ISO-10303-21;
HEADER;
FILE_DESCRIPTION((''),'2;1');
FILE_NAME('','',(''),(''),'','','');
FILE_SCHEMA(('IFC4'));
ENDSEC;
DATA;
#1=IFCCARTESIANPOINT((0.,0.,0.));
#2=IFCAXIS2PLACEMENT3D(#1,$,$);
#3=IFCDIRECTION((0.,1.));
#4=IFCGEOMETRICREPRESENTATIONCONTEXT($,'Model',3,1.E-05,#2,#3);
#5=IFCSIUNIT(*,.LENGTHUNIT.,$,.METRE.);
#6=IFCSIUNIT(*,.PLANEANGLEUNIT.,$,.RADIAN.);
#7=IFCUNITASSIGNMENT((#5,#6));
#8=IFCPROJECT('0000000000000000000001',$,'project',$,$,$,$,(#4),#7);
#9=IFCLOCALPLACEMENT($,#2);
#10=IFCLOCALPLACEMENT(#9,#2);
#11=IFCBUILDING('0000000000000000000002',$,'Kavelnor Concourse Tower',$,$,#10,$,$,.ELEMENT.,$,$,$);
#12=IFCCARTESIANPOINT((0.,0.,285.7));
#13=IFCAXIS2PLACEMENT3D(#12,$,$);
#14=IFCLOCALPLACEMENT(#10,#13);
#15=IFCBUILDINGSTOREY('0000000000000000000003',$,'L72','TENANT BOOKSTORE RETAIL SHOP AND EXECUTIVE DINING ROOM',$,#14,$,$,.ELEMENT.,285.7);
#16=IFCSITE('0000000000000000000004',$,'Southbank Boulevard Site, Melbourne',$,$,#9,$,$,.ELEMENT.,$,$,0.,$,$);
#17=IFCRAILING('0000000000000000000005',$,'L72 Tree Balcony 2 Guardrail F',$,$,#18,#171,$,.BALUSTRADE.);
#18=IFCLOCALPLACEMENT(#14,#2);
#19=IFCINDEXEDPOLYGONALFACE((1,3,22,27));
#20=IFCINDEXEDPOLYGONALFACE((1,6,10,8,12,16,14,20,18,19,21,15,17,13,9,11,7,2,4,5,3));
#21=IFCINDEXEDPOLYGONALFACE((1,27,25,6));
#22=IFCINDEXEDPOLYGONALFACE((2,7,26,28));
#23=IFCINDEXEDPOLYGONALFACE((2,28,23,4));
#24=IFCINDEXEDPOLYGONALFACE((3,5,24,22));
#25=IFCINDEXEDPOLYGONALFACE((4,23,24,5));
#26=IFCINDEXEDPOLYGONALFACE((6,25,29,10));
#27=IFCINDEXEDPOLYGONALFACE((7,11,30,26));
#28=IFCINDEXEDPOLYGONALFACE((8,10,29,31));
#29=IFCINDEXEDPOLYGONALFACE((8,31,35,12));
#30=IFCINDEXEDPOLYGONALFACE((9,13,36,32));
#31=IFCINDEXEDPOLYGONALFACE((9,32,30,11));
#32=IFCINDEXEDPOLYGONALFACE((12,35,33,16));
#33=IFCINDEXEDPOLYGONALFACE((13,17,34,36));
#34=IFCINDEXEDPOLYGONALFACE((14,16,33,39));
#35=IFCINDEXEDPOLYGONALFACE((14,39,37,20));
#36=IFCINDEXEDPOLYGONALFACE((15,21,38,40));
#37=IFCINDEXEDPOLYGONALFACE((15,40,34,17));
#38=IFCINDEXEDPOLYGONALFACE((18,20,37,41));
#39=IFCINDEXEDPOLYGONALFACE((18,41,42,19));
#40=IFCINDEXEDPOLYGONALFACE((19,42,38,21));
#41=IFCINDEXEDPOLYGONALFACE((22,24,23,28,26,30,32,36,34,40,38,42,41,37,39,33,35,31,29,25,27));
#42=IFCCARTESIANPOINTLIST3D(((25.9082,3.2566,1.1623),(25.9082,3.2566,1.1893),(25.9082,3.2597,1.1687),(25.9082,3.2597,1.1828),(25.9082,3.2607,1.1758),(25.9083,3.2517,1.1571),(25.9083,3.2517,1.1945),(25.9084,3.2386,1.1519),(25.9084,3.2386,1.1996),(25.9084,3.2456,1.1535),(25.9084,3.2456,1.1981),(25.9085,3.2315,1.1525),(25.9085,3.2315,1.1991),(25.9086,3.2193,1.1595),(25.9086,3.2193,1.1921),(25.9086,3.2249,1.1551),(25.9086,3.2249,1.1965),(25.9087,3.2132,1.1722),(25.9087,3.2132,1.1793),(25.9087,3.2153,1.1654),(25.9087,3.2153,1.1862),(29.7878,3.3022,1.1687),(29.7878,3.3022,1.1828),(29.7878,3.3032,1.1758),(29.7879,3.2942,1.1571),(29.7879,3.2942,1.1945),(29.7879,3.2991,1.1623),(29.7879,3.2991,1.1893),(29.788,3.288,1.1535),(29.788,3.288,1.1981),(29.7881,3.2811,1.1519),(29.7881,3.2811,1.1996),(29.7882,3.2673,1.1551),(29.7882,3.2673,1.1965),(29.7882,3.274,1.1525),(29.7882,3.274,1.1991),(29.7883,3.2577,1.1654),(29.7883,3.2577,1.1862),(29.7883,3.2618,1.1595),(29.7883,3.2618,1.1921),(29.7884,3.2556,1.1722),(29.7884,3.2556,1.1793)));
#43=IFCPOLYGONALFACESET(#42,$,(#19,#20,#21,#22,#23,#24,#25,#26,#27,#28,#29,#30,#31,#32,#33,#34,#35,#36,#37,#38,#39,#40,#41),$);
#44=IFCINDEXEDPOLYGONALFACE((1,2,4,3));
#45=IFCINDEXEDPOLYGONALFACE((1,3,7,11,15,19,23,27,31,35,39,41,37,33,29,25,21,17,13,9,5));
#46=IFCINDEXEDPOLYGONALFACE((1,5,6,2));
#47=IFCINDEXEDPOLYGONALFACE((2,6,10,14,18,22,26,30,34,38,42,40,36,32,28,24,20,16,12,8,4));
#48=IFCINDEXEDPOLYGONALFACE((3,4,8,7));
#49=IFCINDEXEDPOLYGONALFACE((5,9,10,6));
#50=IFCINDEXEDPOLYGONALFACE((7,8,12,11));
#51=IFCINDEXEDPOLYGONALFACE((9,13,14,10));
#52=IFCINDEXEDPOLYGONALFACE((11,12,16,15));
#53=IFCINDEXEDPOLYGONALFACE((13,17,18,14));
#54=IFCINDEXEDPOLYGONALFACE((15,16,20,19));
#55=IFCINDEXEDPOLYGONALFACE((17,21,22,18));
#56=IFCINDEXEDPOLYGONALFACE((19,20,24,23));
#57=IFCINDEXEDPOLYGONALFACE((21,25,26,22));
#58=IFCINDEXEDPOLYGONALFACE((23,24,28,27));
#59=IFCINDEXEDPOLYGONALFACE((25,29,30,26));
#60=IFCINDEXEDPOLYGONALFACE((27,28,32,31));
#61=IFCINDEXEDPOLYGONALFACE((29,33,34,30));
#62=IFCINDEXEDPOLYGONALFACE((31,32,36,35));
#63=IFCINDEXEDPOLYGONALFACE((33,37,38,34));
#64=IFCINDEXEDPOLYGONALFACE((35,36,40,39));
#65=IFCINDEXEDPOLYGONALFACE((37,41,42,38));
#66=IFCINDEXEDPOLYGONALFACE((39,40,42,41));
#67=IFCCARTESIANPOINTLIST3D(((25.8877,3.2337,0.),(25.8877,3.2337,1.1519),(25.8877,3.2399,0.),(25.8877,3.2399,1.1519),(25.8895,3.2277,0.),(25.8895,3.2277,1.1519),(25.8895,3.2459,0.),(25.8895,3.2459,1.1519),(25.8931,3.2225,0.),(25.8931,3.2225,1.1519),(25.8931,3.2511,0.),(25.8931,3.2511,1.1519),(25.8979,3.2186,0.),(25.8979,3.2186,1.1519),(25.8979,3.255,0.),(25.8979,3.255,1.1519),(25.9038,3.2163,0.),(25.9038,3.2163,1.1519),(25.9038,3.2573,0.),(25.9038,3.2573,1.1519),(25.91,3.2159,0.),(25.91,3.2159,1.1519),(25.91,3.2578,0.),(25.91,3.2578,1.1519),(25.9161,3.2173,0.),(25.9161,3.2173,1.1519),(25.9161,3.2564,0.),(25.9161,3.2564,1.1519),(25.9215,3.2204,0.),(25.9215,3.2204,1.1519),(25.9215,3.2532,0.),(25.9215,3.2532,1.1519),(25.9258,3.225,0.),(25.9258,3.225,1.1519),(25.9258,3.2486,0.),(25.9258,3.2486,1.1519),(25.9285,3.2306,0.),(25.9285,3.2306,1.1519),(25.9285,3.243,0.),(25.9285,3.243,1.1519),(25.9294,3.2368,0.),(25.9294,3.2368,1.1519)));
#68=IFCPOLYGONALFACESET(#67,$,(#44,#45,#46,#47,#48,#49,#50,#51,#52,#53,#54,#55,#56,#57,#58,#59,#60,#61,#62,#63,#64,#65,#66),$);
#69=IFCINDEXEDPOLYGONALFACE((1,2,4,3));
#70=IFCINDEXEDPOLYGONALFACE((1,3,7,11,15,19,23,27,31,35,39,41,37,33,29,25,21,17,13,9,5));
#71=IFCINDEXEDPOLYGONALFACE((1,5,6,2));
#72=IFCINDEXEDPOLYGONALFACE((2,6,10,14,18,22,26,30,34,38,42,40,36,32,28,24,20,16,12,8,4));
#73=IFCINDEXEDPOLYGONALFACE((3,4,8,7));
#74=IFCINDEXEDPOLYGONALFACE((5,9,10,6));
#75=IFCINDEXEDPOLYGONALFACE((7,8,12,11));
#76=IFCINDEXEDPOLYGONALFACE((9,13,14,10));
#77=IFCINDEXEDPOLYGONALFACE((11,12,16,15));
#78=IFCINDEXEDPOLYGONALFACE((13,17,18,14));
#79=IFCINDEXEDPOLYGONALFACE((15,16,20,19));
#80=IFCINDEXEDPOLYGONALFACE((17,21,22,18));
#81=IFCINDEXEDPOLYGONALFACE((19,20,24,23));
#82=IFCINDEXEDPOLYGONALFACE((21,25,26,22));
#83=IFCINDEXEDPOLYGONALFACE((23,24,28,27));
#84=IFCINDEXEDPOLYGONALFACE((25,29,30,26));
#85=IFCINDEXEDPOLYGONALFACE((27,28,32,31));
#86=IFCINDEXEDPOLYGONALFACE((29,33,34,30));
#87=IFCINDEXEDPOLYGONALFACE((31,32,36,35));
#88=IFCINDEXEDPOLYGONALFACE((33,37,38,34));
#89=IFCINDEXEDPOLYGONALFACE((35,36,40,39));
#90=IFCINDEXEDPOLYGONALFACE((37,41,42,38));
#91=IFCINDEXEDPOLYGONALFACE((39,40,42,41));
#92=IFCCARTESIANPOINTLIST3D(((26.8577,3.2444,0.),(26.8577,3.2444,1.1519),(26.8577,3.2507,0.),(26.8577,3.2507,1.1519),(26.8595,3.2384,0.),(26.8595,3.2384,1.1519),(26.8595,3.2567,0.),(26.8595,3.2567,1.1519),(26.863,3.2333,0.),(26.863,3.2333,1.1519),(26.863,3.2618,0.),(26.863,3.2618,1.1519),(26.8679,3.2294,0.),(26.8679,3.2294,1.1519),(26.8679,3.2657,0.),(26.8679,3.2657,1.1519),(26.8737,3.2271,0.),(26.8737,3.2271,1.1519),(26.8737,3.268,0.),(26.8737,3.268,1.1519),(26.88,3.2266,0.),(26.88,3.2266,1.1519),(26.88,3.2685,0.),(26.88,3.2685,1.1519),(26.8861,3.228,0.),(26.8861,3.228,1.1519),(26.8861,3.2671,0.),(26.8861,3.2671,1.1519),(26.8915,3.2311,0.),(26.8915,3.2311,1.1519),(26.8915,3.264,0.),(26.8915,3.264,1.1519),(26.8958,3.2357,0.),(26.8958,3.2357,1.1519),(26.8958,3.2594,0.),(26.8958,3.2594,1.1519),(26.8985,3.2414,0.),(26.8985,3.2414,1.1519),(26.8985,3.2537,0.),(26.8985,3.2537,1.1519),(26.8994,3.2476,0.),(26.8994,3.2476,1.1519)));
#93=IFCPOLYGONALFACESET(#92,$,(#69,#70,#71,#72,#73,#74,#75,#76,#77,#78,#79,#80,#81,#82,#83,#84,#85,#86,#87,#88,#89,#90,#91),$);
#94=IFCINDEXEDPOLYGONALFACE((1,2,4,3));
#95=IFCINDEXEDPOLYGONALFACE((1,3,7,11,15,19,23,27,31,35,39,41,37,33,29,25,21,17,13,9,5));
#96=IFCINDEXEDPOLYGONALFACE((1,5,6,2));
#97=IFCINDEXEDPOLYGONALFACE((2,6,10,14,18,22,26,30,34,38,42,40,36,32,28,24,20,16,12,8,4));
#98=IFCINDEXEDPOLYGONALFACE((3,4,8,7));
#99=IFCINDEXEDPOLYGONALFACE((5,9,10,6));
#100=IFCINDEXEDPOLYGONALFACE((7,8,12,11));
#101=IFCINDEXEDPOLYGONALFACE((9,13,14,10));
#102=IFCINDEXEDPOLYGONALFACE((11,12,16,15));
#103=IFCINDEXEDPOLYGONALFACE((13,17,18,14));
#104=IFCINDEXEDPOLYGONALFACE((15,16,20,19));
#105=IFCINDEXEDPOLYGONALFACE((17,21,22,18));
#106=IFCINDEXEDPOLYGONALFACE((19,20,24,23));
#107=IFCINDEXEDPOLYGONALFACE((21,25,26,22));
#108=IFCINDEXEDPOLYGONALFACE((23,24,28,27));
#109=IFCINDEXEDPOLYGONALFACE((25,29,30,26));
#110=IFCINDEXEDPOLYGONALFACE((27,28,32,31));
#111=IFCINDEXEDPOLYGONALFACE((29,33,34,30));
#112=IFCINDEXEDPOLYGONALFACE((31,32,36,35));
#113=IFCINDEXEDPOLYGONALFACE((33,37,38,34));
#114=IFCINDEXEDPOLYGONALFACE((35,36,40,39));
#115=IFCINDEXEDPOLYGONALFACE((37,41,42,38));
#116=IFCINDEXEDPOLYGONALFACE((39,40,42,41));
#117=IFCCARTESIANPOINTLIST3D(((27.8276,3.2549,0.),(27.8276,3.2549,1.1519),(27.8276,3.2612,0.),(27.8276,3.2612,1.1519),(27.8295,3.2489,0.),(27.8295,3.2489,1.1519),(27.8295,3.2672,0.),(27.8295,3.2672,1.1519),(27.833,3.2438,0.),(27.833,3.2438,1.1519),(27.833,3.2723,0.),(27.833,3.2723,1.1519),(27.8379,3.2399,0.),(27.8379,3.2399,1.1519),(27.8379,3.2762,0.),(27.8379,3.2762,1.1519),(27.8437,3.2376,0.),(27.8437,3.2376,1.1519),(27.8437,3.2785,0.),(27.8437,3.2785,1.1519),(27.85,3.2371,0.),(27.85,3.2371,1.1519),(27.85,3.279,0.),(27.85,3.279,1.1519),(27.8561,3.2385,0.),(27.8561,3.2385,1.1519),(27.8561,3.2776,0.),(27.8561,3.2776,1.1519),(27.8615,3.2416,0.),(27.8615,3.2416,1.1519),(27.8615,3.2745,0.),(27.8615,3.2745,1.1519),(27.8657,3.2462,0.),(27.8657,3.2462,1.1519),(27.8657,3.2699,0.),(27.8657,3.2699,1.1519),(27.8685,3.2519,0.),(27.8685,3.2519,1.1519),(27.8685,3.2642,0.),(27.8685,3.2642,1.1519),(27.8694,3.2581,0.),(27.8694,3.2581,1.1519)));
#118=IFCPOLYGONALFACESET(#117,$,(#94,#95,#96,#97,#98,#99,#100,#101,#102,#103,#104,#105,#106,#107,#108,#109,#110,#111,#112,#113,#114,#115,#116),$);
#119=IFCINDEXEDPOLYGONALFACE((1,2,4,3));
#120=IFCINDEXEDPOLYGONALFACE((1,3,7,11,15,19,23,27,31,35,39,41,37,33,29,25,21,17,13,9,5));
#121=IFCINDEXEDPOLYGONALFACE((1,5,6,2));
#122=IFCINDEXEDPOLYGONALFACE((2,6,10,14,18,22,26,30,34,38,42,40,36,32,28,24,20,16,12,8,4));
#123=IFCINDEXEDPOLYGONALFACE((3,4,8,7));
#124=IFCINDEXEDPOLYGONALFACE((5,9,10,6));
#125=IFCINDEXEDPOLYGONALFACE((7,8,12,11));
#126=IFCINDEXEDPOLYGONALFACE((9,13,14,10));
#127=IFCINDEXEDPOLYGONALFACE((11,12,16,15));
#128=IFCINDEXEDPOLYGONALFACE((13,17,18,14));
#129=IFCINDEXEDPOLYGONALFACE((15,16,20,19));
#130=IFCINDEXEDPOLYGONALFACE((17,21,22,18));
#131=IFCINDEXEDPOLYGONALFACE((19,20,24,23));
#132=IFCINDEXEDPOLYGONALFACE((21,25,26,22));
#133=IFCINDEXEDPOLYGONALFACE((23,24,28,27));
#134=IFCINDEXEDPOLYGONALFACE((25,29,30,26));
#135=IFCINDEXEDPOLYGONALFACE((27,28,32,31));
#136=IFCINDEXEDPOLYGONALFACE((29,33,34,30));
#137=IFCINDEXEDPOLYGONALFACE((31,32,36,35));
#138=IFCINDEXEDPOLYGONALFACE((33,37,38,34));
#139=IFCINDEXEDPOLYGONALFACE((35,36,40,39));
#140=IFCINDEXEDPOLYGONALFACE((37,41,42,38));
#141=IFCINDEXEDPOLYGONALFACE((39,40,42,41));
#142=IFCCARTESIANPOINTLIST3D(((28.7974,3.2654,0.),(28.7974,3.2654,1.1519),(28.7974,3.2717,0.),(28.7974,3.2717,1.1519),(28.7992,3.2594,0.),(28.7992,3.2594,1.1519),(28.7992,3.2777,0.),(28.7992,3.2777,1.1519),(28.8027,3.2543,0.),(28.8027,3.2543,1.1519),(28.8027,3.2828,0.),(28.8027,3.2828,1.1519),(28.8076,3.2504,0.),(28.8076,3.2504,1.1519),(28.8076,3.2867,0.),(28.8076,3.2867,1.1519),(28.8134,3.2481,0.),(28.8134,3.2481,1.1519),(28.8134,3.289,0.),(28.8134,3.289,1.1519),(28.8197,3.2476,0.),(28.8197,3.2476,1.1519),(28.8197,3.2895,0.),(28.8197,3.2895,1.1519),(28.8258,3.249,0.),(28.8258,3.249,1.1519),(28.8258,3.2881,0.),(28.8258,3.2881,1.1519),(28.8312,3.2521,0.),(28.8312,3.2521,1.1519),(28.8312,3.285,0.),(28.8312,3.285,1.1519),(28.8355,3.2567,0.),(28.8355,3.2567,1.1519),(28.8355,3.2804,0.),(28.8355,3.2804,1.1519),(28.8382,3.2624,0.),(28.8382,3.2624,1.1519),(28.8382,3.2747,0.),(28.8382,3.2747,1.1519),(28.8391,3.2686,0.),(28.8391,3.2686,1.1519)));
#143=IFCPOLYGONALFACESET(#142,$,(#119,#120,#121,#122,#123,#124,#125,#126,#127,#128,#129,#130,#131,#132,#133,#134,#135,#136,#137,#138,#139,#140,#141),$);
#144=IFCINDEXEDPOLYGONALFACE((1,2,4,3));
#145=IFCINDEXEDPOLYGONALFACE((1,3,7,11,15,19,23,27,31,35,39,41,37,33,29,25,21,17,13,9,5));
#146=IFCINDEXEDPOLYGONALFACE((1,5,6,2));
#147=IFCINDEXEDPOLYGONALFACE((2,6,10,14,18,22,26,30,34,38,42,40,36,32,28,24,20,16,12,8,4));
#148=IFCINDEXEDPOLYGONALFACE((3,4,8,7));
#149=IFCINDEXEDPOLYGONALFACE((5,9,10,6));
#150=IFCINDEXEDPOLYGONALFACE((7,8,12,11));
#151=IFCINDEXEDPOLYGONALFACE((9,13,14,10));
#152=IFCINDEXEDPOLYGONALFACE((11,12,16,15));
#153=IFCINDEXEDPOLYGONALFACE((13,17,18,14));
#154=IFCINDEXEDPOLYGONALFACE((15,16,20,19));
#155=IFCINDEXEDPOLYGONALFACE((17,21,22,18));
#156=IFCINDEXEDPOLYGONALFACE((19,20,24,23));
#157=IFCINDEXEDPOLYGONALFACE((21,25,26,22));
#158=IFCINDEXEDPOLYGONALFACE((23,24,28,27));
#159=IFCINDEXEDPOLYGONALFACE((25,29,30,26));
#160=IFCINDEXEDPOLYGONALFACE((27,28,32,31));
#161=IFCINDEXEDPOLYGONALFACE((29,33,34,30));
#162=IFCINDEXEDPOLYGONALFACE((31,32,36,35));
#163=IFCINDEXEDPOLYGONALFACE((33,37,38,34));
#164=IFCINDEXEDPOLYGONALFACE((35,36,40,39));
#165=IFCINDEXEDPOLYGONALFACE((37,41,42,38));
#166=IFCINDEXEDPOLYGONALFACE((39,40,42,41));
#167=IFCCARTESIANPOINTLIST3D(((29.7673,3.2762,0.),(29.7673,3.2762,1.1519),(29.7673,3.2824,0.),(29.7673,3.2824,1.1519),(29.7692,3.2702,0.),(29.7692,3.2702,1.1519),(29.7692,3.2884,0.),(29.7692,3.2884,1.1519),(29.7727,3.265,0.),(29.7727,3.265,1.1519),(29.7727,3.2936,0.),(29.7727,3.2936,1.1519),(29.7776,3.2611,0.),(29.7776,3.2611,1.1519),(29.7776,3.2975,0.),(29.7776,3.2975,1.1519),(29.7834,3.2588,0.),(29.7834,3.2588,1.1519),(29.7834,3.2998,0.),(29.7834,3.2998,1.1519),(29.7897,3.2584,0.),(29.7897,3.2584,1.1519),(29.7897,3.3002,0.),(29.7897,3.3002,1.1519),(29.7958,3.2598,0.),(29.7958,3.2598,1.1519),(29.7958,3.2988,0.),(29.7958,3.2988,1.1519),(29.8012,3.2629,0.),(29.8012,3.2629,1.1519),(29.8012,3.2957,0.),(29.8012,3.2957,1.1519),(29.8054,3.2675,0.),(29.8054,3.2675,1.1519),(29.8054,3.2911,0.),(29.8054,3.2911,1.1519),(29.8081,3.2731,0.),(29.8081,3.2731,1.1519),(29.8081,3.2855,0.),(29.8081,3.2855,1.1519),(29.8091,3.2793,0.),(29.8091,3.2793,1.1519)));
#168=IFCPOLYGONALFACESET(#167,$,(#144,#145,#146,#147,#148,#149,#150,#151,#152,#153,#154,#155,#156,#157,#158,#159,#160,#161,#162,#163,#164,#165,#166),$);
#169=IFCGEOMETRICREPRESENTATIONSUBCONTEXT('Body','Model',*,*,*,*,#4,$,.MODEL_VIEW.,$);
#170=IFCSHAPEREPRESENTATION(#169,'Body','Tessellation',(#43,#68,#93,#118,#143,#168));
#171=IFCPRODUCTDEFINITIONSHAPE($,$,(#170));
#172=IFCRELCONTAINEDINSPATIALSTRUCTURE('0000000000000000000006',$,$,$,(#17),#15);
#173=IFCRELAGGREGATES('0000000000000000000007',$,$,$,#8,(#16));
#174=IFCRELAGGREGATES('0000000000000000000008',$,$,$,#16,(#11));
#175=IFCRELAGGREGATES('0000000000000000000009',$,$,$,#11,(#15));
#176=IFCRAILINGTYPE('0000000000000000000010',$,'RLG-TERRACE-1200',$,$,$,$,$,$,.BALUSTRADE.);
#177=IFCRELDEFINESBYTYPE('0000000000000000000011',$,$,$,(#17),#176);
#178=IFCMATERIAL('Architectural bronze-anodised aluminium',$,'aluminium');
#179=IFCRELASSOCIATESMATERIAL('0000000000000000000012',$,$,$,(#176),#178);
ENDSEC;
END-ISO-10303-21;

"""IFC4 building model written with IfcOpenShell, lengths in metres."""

from ifc_helpers import new_model, si_unit, direction, frame, origin, origin_2d, place, context, subcontext, project, spatial, circle, extrude, material, type_object, element, save


model = new_model("IFC4")

# Units and contexts
model_context = context("Model", 3, precision=1e-05, world=origin(), true_north=direction((0.0, 1.0)))
body_context = subcontext(model_context, "Body", "Model", "MODEL_VIEW")
ifc_project = project(units=[si_unit("LENGTHUNIT", "METRE"), si_unit("PLANEANGLEUNIT", "RADIAN")], contexts=[model_context])

# Site, building, storey
site_placement = place(None, origin())
site = spatial("IfcSite", under=ifc_project, at=site_placement, Name="Southbank Boulevard Site, Melbourne", CompositionType="ELEMENT", RefElevation=0.0)
building_placement = place(site_placement, origin())
building = spatial("IfcBuilding", under=site, at=building_placement, Name="Kavelnor Concourse Tower", CompositionType="ELEMENT")
storey_placement = place(building_placement, frame((0.0, 0.0, 285.7)))
storey = spatial("IfcBuildingStorey", under=building, at=storey_placement, Name="L72", Description="TENANT BOOKSTORE RETAIL SHOP AND EXECUTIVE DINING ROOM", CompositionType="ELEMENT", Elevation=285.7)

# Railing
ifc_material_1 = material(Name="Architectural bronze-anodised aluminium", Category="aluminium")
railing_type = type_object("IfcRailingType", Name="RLG-TERRACE-1200", PredefinedType="BALUSTRADE", material=ifc_material_1)
railing_1_placement = place(storey_placement, frame((25.9084, 3.2368, 0.0)))
element("IfcRailing", 1, at=railing_1_placement, inside=storey, type_object=railing_type, Name="L72 Tree Balcony 2 Guardrail F", PredefinedType="BALUSTRADE", context=body_context, shape_type="SweptSolid", body=[
    extrude(circle(Radius=0.0239, at=origin_2d()), frame((0.0, 0.0, 1.1758), z_axis=(0.99994, 0.010949, 0.0), x_axis=(-0.010949, 0.99994, 0.0)), (0.0, 0.0, 1.0), 3.8799),
    extrude(circle(Radius=0.021, at=origin_2d()), origin(), (0.0, 0.0, 1.0), 1.1519),
    extrude(circle(Radius=0.021, at=origin_2d()), frame((0.97, 0.0107, 0.0)), (0.0, 0.0, 1.0), 1.1519),
    extrude(circle(Radius=0.021, at=origin_2d()), frame((1.9399, 0.0212, 0.0)), (0.0, 0.0, 1.0), 1.1519),
    extrude(circle(Radius=0.021, at=origin_2d()), frame((2.9097, 0.0317, 0.0)), (0.0, 0.0, 1.0), 1.1519),
    extrude(circle(Radius=0.021, at=origin_2d()), frame((3.8796, 0.0425, 0.0)), (0.0, 0.0, 1.0), 1.1519),
])

save(model, "model.ifc")
